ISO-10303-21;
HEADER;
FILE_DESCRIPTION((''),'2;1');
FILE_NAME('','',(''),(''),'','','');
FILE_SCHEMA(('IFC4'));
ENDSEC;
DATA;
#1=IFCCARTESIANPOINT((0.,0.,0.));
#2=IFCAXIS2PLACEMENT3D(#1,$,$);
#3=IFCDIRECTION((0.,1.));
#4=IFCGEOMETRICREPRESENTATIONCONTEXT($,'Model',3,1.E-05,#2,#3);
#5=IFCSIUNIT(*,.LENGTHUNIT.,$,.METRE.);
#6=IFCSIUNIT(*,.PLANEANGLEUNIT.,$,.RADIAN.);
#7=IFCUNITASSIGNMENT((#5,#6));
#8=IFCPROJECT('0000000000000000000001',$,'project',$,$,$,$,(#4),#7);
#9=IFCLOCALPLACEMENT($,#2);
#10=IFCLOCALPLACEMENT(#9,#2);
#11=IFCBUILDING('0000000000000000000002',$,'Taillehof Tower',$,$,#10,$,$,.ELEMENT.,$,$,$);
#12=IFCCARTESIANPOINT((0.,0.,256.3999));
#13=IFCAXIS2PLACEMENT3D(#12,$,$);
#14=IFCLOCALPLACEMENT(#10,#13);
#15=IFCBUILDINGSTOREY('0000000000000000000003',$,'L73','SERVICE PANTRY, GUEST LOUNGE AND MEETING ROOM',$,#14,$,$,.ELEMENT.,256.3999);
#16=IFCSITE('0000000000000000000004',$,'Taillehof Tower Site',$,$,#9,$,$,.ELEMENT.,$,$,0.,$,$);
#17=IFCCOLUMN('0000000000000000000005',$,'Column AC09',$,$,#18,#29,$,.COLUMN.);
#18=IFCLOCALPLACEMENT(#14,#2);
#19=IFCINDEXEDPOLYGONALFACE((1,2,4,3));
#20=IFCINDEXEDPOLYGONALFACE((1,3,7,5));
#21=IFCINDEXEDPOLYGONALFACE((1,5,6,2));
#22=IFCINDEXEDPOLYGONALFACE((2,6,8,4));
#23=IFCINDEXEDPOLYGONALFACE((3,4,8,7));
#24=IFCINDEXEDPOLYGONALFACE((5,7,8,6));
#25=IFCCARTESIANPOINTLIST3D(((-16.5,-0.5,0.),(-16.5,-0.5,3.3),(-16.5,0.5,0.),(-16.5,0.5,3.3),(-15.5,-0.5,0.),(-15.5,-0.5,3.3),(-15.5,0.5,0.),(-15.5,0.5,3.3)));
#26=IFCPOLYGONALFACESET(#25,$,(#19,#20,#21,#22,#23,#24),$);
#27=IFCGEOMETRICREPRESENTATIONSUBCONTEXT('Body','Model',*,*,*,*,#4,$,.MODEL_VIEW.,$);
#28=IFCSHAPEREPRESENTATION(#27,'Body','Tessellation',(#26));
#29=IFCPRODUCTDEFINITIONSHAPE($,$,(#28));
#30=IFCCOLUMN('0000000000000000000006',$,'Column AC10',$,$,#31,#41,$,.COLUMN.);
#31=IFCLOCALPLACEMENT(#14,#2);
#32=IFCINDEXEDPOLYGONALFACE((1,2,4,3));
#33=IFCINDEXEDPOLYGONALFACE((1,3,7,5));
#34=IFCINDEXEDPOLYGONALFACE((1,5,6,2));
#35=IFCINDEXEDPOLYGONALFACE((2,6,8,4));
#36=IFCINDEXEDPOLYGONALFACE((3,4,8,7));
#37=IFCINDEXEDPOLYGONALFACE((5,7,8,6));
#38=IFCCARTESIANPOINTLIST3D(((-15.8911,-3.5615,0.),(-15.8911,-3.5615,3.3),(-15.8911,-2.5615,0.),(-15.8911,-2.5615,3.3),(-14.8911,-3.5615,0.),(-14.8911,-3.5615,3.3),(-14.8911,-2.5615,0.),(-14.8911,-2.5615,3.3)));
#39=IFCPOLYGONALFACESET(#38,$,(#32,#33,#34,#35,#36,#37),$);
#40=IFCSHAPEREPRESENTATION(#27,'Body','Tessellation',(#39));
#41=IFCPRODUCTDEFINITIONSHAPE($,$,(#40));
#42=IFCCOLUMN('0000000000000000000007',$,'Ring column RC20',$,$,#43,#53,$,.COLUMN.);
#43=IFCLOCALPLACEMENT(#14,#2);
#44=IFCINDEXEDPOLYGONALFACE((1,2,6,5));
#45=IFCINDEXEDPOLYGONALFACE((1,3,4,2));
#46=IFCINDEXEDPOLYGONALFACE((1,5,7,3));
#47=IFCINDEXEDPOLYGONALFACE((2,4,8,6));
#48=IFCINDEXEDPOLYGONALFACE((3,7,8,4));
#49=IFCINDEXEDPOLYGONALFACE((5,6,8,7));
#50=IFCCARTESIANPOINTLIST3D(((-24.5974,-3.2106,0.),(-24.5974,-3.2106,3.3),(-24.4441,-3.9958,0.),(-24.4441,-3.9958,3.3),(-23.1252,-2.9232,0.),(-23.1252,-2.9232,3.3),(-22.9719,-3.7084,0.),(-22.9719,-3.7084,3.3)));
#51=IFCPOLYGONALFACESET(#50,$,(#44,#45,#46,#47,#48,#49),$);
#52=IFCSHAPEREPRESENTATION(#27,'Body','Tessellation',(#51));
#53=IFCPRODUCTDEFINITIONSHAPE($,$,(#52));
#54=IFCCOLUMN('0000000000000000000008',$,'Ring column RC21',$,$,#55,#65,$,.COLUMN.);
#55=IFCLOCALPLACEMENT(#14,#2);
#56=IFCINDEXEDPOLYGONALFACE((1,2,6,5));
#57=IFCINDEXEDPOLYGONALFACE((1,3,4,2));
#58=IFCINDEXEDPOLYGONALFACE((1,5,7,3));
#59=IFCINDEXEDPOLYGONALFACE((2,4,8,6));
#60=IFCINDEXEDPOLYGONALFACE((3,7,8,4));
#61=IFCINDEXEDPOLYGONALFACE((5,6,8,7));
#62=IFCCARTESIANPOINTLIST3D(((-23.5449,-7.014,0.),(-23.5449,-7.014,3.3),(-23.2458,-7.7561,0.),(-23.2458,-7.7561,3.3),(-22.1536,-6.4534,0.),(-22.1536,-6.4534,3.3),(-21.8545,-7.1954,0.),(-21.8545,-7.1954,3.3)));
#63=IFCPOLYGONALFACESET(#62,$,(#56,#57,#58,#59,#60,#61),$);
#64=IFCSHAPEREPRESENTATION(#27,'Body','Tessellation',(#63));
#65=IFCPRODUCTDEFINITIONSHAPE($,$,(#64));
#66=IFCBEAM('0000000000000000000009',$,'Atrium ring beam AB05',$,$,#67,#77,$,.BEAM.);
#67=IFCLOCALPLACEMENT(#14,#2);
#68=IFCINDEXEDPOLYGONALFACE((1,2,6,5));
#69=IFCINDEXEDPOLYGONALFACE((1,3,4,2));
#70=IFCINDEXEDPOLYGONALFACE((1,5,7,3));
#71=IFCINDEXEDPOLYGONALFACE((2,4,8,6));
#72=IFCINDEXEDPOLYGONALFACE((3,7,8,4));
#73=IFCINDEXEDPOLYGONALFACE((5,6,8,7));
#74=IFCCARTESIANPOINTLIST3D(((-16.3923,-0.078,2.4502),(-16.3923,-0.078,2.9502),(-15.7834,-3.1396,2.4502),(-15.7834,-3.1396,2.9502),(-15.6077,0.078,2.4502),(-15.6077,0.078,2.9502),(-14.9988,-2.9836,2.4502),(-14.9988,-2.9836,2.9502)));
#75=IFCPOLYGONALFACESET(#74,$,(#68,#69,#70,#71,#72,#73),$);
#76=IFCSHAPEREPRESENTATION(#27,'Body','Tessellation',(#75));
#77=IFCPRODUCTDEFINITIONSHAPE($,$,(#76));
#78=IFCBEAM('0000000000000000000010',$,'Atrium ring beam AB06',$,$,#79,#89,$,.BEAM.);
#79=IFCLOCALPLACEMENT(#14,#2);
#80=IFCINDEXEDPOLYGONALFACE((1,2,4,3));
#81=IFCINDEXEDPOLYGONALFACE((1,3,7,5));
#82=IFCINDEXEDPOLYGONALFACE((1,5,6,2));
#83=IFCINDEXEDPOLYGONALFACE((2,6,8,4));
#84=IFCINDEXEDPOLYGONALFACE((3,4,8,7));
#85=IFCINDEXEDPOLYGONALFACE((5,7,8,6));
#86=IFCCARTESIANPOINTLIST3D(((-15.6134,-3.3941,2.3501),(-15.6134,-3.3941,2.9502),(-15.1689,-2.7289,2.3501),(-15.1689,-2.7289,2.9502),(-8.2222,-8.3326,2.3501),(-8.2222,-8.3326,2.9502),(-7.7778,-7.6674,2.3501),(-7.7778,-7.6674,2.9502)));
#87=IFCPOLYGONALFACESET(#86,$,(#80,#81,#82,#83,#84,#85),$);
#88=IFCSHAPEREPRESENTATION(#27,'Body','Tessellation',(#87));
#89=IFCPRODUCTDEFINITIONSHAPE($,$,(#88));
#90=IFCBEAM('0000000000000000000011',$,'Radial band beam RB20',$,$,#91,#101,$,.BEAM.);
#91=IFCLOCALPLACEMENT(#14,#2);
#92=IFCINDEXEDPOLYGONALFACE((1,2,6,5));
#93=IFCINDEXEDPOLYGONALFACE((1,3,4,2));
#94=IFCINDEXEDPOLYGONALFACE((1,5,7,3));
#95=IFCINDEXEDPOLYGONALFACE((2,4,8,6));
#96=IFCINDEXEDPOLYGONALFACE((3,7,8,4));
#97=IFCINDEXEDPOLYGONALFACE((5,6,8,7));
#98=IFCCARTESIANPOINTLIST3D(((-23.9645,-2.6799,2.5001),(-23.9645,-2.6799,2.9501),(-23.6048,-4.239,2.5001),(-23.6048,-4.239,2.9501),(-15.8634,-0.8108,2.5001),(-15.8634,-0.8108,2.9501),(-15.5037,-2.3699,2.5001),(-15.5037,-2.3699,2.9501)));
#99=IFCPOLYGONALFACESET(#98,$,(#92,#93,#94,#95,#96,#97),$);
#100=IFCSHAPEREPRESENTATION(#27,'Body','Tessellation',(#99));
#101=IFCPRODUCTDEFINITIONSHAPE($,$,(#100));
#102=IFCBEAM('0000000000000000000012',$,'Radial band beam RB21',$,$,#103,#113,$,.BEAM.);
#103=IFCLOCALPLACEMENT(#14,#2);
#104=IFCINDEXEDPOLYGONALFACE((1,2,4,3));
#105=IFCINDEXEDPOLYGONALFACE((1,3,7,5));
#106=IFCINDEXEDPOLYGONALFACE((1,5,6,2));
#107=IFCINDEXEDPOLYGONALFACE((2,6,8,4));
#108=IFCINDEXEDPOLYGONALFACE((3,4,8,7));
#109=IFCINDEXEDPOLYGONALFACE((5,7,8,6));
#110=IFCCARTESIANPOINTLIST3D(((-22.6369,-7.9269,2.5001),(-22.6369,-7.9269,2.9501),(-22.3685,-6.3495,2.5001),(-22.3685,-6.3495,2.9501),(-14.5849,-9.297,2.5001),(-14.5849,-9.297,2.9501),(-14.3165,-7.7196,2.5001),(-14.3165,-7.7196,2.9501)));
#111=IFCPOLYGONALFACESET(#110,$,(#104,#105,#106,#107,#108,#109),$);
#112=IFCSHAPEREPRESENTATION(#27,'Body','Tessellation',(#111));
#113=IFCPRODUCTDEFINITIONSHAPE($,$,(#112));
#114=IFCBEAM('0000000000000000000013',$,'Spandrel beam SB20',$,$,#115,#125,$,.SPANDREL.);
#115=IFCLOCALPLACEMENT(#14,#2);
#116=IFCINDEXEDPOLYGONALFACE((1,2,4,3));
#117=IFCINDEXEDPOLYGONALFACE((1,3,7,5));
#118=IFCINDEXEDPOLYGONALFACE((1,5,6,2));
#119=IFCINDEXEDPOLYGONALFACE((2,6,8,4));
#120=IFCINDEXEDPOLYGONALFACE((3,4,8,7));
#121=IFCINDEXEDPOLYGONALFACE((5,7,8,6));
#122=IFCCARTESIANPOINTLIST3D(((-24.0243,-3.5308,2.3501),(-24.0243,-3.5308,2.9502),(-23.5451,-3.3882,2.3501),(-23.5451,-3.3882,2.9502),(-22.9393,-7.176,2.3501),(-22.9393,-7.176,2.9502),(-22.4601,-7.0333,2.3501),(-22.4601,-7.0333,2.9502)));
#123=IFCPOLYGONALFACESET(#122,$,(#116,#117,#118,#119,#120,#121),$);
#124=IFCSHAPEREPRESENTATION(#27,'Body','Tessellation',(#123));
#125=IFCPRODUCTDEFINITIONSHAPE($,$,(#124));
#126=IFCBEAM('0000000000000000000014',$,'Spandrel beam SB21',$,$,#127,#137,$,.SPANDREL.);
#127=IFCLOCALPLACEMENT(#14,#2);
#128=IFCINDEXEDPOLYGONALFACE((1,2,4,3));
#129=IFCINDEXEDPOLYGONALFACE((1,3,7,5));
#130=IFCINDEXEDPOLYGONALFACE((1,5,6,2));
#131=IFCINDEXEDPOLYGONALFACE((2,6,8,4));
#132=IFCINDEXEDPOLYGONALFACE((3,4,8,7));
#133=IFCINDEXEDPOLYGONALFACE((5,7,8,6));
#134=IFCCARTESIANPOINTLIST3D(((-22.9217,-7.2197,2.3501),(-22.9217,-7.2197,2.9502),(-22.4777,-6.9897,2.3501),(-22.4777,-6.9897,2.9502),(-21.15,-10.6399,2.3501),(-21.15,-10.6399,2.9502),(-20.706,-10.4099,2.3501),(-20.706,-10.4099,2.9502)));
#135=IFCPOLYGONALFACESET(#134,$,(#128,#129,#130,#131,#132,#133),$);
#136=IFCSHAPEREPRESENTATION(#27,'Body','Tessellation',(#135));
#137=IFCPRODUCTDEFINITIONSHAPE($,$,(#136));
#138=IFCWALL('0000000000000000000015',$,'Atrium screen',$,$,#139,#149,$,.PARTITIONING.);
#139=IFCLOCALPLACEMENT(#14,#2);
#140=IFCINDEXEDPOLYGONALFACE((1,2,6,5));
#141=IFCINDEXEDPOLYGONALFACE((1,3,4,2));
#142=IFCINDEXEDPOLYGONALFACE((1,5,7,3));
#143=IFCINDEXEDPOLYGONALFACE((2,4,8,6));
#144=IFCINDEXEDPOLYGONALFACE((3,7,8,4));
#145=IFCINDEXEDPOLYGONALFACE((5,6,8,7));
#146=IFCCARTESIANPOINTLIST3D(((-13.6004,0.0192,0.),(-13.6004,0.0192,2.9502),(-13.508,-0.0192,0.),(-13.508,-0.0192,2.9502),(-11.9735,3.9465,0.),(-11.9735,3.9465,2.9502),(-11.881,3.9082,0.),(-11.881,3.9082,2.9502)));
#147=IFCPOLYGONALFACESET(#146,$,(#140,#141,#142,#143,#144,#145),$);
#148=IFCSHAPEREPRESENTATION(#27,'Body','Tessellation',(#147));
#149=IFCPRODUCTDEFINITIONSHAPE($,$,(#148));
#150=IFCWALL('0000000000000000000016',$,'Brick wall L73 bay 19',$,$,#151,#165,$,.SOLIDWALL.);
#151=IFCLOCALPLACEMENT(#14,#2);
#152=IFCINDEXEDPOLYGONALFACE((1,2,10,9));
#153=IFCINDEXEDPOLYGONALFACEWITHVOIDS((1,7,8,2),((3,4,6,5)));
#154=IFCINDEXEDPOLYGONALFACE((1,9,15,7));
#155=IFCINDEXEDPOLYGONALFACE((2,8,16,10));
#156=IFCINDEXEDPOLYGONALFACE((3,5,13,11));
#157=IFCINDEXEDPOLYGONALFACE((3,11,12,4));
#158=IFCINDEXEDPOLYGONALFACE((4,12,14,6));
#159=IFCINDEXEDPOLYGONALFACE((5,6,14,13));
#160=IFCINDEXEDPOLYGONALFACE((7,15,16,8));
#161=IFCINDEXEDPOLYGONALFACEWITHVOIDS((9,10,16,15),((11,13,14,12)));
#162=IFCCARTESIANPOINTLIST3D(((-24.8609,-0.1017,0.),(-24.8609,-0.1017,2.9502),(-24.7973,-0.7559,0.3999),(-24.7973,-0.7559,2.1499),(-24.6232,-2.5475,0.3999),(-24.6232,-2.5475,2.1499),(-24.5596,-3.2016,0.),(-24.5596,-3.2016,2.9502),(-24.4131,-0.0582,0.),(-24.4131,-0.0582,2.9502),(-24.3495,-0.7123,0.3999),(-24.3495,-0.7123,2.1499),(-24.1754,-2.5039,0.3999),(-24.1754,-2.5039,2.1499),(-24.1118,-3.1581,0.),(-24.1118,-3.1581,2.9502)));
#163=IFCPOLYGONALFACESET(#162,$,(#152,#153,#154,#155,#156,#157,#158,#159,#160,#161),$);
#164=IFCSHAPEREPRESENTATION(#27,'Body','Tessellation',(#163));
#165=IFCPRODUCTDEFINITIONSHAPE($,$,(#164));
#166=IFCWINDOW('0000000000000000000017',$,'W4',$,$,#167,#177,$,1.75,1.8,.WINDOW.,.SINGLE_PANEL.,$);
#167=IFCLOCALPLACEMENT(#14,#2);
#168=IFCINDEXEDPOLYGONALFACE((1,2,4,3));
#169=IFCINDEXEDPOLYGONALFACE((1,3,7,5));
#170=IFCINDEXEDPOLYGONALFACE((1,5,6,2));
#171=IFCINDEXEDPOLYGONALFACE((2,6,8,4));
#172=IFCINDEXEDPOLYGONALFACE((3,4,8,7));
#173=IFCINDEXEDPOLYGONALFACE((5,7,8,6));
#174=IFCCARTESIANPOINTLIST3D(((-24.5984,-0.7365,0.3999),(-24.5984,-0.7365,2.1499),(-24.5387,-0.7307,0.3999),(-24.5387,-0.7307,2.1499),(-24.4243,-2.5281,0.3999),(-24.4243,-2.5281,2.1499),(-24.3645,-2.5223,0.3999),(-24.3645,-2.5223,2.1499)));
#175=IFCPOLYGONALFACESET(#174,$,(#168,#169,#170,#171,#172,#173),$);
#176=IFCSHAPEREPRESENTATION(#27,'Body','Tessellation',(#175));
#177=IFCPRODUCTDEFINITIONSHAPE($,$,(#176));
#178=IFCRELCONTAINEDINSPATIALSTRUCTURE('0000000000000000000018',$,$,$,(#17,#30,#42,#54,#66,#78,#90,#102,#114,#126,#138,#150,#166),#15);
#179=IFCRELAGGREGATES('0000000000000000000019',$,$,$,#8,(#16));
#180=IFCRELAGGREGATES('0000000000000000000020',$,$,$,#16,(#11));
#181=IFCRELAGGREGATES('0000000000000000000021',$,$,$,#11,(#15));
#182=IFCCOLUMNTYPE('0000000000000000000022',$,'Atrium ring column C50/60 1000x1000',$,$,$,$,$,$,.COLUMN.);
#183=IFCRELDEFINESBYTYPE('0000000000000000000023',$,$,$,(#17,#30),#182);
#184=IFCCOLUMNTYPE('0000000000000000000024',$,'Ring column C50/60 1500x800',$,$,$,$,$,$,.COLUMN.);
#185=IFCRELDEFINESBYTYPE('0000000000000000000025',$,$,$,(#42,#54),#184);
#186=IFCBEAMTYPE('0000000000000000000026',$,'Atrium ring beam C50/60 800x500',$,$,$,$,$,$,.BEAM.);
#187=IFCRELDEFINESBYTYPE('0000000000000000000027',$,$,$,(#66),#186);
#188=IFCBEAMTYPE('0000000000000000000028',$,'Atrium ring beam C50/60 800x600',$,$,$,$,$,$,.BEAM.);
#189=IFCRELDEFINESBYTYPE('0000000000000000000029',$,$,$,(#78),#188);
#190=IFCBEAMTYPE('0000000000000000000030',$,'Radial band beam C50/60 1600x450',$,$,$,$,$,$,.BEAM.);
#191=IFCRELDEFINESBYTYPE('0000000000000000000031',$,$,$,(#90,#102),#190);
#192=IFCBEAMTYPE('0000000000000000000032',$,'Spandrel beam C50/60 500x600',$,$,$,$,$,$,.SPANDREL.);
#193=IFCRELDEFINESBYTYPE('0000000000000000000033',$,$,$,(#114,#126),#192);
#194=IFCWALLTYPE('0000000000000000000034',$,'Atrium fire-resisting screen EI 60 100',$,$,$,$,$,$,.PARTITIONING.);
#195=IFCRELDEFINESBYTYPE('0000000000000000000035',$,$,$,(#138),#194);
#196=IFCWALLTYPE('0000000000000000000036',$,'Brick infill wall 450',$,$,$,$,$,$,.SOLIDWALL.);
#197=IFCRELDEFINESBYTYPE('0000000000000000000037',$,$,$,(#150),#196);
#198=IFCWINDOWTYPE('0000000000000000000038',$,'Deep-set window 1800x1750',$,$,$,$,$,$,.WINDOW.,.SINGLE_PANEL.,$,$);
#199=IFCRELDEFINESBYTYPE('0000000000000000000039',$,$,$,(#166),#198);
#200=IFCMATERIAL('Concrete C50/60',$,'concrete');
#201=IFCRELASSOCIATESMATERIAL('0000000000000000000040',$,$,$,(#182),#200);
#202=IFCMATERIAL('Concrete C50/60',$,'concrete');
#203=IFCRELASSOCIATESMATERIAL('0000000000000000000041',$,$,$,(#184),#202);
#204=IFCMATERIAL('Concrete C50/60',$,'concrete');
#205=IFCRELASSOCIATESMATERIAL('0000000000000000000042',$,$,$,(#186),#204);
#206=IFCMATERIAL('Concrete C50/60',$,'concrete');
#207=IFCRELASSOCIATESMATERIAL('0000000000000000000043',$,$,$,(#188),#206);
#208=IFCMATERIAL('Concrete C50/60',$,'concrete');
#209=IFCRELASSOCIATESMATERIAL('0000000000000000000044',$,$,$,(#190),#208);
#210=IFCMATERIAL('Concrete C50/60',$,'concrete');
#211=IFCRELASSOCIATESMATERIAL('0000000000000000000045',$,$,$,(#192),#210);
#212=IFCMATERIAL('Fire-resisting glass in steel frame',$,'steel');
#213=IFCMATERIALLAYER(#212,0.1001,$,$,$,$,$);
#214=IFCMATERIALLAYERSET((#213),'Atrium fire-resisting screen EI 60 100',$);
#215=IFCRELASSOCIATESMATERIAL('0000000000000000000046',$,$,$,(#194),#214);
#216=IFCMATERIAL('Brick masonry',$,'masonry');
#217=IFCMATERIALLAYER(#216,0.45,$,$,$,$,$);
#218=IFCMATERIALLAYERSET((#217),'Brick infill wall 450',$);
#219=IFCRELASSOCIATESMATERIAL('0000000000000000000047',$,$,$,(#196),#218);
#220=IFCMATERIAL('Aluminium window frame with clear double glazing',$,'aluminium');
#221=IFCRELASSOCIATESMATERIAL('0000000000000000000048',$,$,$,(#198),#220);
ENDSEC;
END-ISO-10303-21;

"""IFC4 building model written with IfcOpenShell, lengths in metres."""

from ifc_helpers import new_model, si_unit, direction, frame, frame_2d, origin, origin_2d, place, context, subcontext, project, spatial, rectangle, extrude, material, layer, layer_set, material_profile, profile_set, type_object, element, fill, save


model = new_model("IFC4")

# Units and contexts
model_context = context("Model", 3, precision=1e-05, world=origin(), true_north=direction((0.0, 1.0)))
body_context = subcontext(model_context, "Body", "Model", "MODEL_VIEW")
ifc_project = project(units=[si_unit("LENGTHUNIT", "METRE"), si_unit("PLANEANGLEUNIT", "RADIAN")], contexts=[model_context])

# Site, building, storey
site_placement = place(None, origin())
site = spatial("IfcSite", under=ifc_project, at=site_placement, Name="Taillehof Tower Site", CompositionType="ELEMENT", RefElevation=0.0)
building_placement = place(site_placement, origin())
building = spatial("IfcBuilding", under=site, at=building_placement, Name="Taillehof Tower", CompositionType="ELEMENT")
storey_placement = place(building_placement, frame((0.0, 0.0, 256.3999)))
storey = spatial("IfcBuildingStorey", under=building, at=storey_placement, Name="L73", Description="SERVICE PANTRY, GUEST LOUNGE AND MEETING ROOM", CompositionType="ELEMENT", Elevation=256.3999)

# Columns
ifc_material_1 = material(Name="Concrete C50/60", Category="concrete")
ifc_material_profile_1 = material_profile(ifc_material_1, rectangle(XDim=1.0, YDim=1.0, at=origin_2d()), Name="RC 1000x1000")
ifc_profile_set_1 = profile_set([ifc_material_profile_1], Name="Concrete C50/60")
column_type_1 = type_object("IfcColumnType", Name="Atrium ring column C50/60 1000x1000", PredefinedType="COLUMN", material=ifc_profile_set_1)
for number, where, z_axis, x_axis, name in (
    (1, (-16.0, 0.0, 0.0), (0.0, 0.0, 1.0), (1.0, 0.0, 0.0), "Column AC09"),
    (2, (-15.3911, -3.0615, 0.0), (0.0, 0.0, 1.0), (1.0, 0.0, 0.0), "Column AC10"),
):
    element("IfcColumn", number, at=place(storey_placement, frame(where, z_axis=z_axis, x_axis=x_axis)), inside=storey, type_object=column_type_1, Name=name, PredefinedType="COLUMN", context=body_context, shape_type="SweptSolid", body=[
        extrude(rectangle(XDim=1.0, YDim=1.0, at=origin_2d()), origin(), (0.0, 0.0, 1.0), 3.3),
    ])
ifc_material_2 = material(Name="Concrete C50/60", Category="concrete")
ifc_material_profile_2 = material_profile(ifc_material_2, rectangle(XDim=1.5, YDim=0.8, at=origin_2d()), Name="RC 1500x800")
ifc_profile_set_2 = profile_set([ifc_material_profile_2], Name="Concrete C50/60")
column_type_2 = type_object("IfcColumnType", Name="Ring column C50/60 1500x800", PredefinedType="COLUMN", material=ifc_profile_set_2)
for number, where, z_axis, x_axis, name in (
    (3, (-23.7847, -3.4595, 0.0), (0.0, 0.0, 1.0), (-0.981473, -0.191602, 0.0), "Ring column RC20"),
    (4, (-22.6997, -7.1047, 0.0), (0.0, 0.0, 1.0), (-0.927525, -0.373762, 0.0), "Ring column RC21"),
):
    element("IfcColumn", number, at=place(storey_placement, frame(where, z_axis=z_axis, x_axis=x_axis)), inside=storey, type_object=column_type_2, Name=name, PredefinedType="COLUMN", context=body_context, shape_type="SweptSolid", body=[
        extrude(rectangle(XDim=1.5, YDim=0.8, at=origin_2d()), origin(), (0.0, 0.0, 1.0), 3.3),
    ])

# Beams
ifc_material_3 = material(Name="Concrete C50/60", Category="concrete")
ifc_material_profile_3 = material_profile(ifc_material_3, rectangle(XDim=0.8, YDim=0.5, at=origin_2d()), Name="RC 800x500")
ifc_profile_set_3 = profile_set([ifc_material_profile_3], Name="Concrete C50/60")
beam_type_1 = type_object("IfcBeamType", Name="Atrium ring beam C50/60 800x500", PredefinedType="BEAM", material=ifc_profile_set_3)
beam_1_placement = place(storey_placement, frame((-16.0, 0.0, 2.7002), z_axis=(0.195063, -0.980791, 0.0), x_axis=(0.980791, 0.195063, 0.0)))
element("IfcBeam", 5, at=beam_1_placement, inside=storey, type_object=beam_type_1, Name="Atrium ring beam AB05", PredefinedType="BEAM", context=body_context, shape_type="SweptSolid", body=[
    extrude(rectangle(XDim=0.8, YDim=0.5, at=origin_2d()), origin(), (0.0, 0.0, 1.0), 3.1216),
])
ifc_material_4 = material(Name="Concrete C50/60", Category="concrete")
ifc_material_profile_4 = material_profile(ifc_material_4, rectangle(XDim=0.8, YDim=0.6001, at=origin_2d()), Name="RC 800x600")
ifc_profile_set_4 = profile_set([ifc_material_profile_4], Name="Concrete C50/60")
beam_type_2 = type_object("IfcBeamType", Name="Atrium ring beam C50/60 800x600", PredefinedType="BEAM", material=ifc_profile_set_4)
beam_2_placement = place(storey_placement, frame((-15.3911, -3.0615, 2.6501), z_axis=(0.831475, -0.555562, 0.0), x_axis=(0.555562, 0.831475, 0.0)))
element("IfcBeam", 6, at=beam_2_placement, inside=storey, type_object=beam_type_2, Name="Atrium ring beam AB06", PredefinedType="BEAM", context=body_context, shape_type="SweptSolid", body=[
    extrude(rectangle(XDim=0.8, YDim=0.6001, at=origin_2d()), origin(), (0.0, 0.0, 1.0), 8.8892),
])
ifc_material_5 = material(Name="Concrete C50/60", Category="concrete")
ifc_material_profile_5 = material_profile(ifc_material_5, rectangle(XDim=1.6001, YDim=0.45, at=origin_2d()), Name="RC 1600x450")
ifc_profile_set_5 = profile_set([ifc_material_profile_5], Name="Concrete C50/60")
beam_type_3 = type_object("IfcBeamType", Name="Radial band beam C50/60 1600x450", PredefinedType="BEAM", material=ifc_profile_set_5)
beam_3_placement = place(storey_placement, frame((-23.7847, -3.4595, 2.7251), z_axis=(0.9744, 0.224821, 0.0), x_axis=(-0.224821, 0.9744, 0.0)))
element("IfcBeam", 7, at=beam_3_placement, inside=storey, type_object=beam_type_3, Name="Radial band beam RB20", PredefinedType="BEAM", context=body_context, shape_type="SweptSolid", body=[
    extrude(rectangle(XDim=1.6001, YDim=0.45, at=origin_2d()), origin(), (0.0, 0.0, 1.0), 8.314),
])
beam_4_placement = place(storey_placement, frame((-22.5027, -7.1382, 2.7251), z_axis=(0.98583, -0.167747, 0.0), x_axis=(0.167747, 0.98583, 0.0)))
element("IfcBeam", 8, at=beam_4_placement, inside=storey, type_object=beam_type_3, Name="Radial band beam RB21", PredefinedType="BEAM", context=body_context, shape_type="SweptSolid", body=[
    extrude(rectangle(XDim=1.6001, YDim=0.45, at=origin_2d()), origin(), (0.0, 0.0, 1.0), 8.1677),
])
ifc_material_6 = material(Name="Concrete C50/60", Category="concrete")
ifc_material_profile_6 = material_profile(ifc_material_6, rectangle(XDim=0.5, YDim=0.6001, at=origin_2d()), Name="RC 500x600")
ifc_profile_set_6 = profile_set([ifc_material_profile_6], Name="Concrete C50/60")
beam_type_4 = type_object("IfcBeamType", Name="Spandrel beam C50/60 500x600", PredefinedType="SPANDREL", material=ifc_profile_set_6)
beam_5_placement = place(storey_placement, frame((-23.7847, -3.4595, 2.6501), z_axis=(0.285268, -0.958448, 0.0), x_axis=(0.958448, 0.285268, 0.0)))
element("IfcBeam", 9, at=beam_5_placement, inside=storey, type_object=beam_type_4, Name="Spandrel beam SB20", PredefinedType="SPANDREL", context=body_context, shape_type="SweptSolid", body=[
    extrude(rectangle(XDim=0.5, YDim=0.6001, at=origin_2d()), origin(), (0.0, 0.0, 1.0), 3.8032),
])
beam_6_placement = place(storey_placement, frame((-22.6997, -7.1047, 2.6501), z_axis=(0.459971, -0.887934, 0.0), x_axis=(0.887934, 0.459971, 0.0)))
element("IfcBeam", 10, at=beam_6_placement, inside=storey, type_object=beam_type_4, Name="Spandrel beam SB21", PredefinedType="SPANDREL", context=body_context, shape_type="SweptSolid", body=[
    extrude(rectangle(XDim=0.5, YDim=0.6001, at=origin_2d()), origin(), (0.0, 0.0, 1.0), 3.8518),
])

# Wall
ifc_material_7 = material(Name="Fire-resisting glass in steel frame", Category="steel")
ifc_layer_1 = layer(ifc_material_7, 0.1001)
ifc_layer_set_1 = layer_set([ifc_layer_1], Name="Atrium fire-resisting screen EI 60 100")
wall_type_1 = type_object("IfcWallType", Name="Atrium fire-resisting screen EI 60 100", PredefinedType="PARTITIONING", material=ifc_layer_set_1)
wall_1_placement = place(storey_placement, frame((-13.5542, 0.0, 0.0), z_axis=(0.0, 0.0, 1.0), x_axis=(0.382731, 0.92386, 0.0)))
element("IfcWall", 11, at=wall_1_placement, inside=storey, type_object=wall_type_1, Name="Atrium screen", PredefinedType="PARTITIONING", context=body_context, shape_type="SweptSolid", body=[
    extrude(rectangle(XDim=4.251, YDim=0.1001, at=frame_2d((2.1255, 0.0))), origin(), (0.0, 0.0, 1.0), 2.9502),
])

# Wall, opening, window
ifc_material_8 = material(Name="Brick masonry", Category="masonry")
ifc_layer_2 = layer(ifc_material_8, 0.45)
ifc_layer_set_2 = layer_set([ifc_layer_2], Name="Brick infill wall 450")
wall_type_2 = type_object("IfcWallType", Name="Brick infill wall 450", PredefinedType="SOLIDWALL", material=ifc_layer_set_2)
wall_2_placement = place(storey_placement, frame((-24.637, -0.0801, 0.0), z_axis=(0.0, 0.0, 1.0), x_axis=(0.096733, -0.99531, 0.0)))
wall_2 = element("IfcWall", 12, at=wall_2_placement, inside=storey, type_object=wall_type_2, Name="Brick wall L73 bay 19", PredefinedType="SOLIDWALL", context=body_context, shape_type="SweptSolid", body=[
    extrude(rectangle(XDim=3.1145, YDim=0.45, at=frame_2d((1.5571, 0.0))), origin(), (0.0, 0.0, 1.0), 2.9502),
])
opening_1_placement = place(wall_2_placement, frame((0.6572, 0.0, 0.3999)))
opening_1 = element("IfcOpeningElement", 13, at=opening_1_placement, cuts=wall_2, PredefinedType="OPENING", context=body_context, shape_type="SweptSolid", body=[
    extrude(rectangle(XDim=1.8, YDim=1.75, at=frame_2d((0.8999, 0.875))), frame((0.0, 0.2349, 0.0), z_axis=(0.0, -1.0, 0.0), x_axis=(1.0, 0.0, 0.0)), (0.0, 0.0, 1.0), 0.47),
])
ifc_material_9 = material(Name="Aluminium window frame with clear double glazing", Category="aluminium")
window_type = type_object("IfcWindowType", Name="Deep-set window 1800x1750", PartitioningType="SINGLE_PANEL", PredefinedType="WINDOW", material=ifc_material_9)
window_1_placement = place(opening_1_placement, origin())
window_1 = element("IfcWindow", 14, at=window_1_placement, inside=storey, type_object=window_type, Name="W4", OverallHeight=1.75, OverallWidth=1.8, PartitioningType="SINGLE_PANEL", PredefinedType="WINDOW", context=body_context, shape_type="SweptSolid", body=[
    extrude(rectangle(XDim=1.8, YDim=1.75, at=frame_2d((0.8999, 0.875))), frame((0.0, 0.0349, 0.0), z_axis=(0.0, -1.0, 0.0), x_axis=(1.0, 0.0, 0.0)), (0.0, 0.0, 1.0), 0.0601),
])
fill(opening_1, window_1)

save(model, "model.ifc")
